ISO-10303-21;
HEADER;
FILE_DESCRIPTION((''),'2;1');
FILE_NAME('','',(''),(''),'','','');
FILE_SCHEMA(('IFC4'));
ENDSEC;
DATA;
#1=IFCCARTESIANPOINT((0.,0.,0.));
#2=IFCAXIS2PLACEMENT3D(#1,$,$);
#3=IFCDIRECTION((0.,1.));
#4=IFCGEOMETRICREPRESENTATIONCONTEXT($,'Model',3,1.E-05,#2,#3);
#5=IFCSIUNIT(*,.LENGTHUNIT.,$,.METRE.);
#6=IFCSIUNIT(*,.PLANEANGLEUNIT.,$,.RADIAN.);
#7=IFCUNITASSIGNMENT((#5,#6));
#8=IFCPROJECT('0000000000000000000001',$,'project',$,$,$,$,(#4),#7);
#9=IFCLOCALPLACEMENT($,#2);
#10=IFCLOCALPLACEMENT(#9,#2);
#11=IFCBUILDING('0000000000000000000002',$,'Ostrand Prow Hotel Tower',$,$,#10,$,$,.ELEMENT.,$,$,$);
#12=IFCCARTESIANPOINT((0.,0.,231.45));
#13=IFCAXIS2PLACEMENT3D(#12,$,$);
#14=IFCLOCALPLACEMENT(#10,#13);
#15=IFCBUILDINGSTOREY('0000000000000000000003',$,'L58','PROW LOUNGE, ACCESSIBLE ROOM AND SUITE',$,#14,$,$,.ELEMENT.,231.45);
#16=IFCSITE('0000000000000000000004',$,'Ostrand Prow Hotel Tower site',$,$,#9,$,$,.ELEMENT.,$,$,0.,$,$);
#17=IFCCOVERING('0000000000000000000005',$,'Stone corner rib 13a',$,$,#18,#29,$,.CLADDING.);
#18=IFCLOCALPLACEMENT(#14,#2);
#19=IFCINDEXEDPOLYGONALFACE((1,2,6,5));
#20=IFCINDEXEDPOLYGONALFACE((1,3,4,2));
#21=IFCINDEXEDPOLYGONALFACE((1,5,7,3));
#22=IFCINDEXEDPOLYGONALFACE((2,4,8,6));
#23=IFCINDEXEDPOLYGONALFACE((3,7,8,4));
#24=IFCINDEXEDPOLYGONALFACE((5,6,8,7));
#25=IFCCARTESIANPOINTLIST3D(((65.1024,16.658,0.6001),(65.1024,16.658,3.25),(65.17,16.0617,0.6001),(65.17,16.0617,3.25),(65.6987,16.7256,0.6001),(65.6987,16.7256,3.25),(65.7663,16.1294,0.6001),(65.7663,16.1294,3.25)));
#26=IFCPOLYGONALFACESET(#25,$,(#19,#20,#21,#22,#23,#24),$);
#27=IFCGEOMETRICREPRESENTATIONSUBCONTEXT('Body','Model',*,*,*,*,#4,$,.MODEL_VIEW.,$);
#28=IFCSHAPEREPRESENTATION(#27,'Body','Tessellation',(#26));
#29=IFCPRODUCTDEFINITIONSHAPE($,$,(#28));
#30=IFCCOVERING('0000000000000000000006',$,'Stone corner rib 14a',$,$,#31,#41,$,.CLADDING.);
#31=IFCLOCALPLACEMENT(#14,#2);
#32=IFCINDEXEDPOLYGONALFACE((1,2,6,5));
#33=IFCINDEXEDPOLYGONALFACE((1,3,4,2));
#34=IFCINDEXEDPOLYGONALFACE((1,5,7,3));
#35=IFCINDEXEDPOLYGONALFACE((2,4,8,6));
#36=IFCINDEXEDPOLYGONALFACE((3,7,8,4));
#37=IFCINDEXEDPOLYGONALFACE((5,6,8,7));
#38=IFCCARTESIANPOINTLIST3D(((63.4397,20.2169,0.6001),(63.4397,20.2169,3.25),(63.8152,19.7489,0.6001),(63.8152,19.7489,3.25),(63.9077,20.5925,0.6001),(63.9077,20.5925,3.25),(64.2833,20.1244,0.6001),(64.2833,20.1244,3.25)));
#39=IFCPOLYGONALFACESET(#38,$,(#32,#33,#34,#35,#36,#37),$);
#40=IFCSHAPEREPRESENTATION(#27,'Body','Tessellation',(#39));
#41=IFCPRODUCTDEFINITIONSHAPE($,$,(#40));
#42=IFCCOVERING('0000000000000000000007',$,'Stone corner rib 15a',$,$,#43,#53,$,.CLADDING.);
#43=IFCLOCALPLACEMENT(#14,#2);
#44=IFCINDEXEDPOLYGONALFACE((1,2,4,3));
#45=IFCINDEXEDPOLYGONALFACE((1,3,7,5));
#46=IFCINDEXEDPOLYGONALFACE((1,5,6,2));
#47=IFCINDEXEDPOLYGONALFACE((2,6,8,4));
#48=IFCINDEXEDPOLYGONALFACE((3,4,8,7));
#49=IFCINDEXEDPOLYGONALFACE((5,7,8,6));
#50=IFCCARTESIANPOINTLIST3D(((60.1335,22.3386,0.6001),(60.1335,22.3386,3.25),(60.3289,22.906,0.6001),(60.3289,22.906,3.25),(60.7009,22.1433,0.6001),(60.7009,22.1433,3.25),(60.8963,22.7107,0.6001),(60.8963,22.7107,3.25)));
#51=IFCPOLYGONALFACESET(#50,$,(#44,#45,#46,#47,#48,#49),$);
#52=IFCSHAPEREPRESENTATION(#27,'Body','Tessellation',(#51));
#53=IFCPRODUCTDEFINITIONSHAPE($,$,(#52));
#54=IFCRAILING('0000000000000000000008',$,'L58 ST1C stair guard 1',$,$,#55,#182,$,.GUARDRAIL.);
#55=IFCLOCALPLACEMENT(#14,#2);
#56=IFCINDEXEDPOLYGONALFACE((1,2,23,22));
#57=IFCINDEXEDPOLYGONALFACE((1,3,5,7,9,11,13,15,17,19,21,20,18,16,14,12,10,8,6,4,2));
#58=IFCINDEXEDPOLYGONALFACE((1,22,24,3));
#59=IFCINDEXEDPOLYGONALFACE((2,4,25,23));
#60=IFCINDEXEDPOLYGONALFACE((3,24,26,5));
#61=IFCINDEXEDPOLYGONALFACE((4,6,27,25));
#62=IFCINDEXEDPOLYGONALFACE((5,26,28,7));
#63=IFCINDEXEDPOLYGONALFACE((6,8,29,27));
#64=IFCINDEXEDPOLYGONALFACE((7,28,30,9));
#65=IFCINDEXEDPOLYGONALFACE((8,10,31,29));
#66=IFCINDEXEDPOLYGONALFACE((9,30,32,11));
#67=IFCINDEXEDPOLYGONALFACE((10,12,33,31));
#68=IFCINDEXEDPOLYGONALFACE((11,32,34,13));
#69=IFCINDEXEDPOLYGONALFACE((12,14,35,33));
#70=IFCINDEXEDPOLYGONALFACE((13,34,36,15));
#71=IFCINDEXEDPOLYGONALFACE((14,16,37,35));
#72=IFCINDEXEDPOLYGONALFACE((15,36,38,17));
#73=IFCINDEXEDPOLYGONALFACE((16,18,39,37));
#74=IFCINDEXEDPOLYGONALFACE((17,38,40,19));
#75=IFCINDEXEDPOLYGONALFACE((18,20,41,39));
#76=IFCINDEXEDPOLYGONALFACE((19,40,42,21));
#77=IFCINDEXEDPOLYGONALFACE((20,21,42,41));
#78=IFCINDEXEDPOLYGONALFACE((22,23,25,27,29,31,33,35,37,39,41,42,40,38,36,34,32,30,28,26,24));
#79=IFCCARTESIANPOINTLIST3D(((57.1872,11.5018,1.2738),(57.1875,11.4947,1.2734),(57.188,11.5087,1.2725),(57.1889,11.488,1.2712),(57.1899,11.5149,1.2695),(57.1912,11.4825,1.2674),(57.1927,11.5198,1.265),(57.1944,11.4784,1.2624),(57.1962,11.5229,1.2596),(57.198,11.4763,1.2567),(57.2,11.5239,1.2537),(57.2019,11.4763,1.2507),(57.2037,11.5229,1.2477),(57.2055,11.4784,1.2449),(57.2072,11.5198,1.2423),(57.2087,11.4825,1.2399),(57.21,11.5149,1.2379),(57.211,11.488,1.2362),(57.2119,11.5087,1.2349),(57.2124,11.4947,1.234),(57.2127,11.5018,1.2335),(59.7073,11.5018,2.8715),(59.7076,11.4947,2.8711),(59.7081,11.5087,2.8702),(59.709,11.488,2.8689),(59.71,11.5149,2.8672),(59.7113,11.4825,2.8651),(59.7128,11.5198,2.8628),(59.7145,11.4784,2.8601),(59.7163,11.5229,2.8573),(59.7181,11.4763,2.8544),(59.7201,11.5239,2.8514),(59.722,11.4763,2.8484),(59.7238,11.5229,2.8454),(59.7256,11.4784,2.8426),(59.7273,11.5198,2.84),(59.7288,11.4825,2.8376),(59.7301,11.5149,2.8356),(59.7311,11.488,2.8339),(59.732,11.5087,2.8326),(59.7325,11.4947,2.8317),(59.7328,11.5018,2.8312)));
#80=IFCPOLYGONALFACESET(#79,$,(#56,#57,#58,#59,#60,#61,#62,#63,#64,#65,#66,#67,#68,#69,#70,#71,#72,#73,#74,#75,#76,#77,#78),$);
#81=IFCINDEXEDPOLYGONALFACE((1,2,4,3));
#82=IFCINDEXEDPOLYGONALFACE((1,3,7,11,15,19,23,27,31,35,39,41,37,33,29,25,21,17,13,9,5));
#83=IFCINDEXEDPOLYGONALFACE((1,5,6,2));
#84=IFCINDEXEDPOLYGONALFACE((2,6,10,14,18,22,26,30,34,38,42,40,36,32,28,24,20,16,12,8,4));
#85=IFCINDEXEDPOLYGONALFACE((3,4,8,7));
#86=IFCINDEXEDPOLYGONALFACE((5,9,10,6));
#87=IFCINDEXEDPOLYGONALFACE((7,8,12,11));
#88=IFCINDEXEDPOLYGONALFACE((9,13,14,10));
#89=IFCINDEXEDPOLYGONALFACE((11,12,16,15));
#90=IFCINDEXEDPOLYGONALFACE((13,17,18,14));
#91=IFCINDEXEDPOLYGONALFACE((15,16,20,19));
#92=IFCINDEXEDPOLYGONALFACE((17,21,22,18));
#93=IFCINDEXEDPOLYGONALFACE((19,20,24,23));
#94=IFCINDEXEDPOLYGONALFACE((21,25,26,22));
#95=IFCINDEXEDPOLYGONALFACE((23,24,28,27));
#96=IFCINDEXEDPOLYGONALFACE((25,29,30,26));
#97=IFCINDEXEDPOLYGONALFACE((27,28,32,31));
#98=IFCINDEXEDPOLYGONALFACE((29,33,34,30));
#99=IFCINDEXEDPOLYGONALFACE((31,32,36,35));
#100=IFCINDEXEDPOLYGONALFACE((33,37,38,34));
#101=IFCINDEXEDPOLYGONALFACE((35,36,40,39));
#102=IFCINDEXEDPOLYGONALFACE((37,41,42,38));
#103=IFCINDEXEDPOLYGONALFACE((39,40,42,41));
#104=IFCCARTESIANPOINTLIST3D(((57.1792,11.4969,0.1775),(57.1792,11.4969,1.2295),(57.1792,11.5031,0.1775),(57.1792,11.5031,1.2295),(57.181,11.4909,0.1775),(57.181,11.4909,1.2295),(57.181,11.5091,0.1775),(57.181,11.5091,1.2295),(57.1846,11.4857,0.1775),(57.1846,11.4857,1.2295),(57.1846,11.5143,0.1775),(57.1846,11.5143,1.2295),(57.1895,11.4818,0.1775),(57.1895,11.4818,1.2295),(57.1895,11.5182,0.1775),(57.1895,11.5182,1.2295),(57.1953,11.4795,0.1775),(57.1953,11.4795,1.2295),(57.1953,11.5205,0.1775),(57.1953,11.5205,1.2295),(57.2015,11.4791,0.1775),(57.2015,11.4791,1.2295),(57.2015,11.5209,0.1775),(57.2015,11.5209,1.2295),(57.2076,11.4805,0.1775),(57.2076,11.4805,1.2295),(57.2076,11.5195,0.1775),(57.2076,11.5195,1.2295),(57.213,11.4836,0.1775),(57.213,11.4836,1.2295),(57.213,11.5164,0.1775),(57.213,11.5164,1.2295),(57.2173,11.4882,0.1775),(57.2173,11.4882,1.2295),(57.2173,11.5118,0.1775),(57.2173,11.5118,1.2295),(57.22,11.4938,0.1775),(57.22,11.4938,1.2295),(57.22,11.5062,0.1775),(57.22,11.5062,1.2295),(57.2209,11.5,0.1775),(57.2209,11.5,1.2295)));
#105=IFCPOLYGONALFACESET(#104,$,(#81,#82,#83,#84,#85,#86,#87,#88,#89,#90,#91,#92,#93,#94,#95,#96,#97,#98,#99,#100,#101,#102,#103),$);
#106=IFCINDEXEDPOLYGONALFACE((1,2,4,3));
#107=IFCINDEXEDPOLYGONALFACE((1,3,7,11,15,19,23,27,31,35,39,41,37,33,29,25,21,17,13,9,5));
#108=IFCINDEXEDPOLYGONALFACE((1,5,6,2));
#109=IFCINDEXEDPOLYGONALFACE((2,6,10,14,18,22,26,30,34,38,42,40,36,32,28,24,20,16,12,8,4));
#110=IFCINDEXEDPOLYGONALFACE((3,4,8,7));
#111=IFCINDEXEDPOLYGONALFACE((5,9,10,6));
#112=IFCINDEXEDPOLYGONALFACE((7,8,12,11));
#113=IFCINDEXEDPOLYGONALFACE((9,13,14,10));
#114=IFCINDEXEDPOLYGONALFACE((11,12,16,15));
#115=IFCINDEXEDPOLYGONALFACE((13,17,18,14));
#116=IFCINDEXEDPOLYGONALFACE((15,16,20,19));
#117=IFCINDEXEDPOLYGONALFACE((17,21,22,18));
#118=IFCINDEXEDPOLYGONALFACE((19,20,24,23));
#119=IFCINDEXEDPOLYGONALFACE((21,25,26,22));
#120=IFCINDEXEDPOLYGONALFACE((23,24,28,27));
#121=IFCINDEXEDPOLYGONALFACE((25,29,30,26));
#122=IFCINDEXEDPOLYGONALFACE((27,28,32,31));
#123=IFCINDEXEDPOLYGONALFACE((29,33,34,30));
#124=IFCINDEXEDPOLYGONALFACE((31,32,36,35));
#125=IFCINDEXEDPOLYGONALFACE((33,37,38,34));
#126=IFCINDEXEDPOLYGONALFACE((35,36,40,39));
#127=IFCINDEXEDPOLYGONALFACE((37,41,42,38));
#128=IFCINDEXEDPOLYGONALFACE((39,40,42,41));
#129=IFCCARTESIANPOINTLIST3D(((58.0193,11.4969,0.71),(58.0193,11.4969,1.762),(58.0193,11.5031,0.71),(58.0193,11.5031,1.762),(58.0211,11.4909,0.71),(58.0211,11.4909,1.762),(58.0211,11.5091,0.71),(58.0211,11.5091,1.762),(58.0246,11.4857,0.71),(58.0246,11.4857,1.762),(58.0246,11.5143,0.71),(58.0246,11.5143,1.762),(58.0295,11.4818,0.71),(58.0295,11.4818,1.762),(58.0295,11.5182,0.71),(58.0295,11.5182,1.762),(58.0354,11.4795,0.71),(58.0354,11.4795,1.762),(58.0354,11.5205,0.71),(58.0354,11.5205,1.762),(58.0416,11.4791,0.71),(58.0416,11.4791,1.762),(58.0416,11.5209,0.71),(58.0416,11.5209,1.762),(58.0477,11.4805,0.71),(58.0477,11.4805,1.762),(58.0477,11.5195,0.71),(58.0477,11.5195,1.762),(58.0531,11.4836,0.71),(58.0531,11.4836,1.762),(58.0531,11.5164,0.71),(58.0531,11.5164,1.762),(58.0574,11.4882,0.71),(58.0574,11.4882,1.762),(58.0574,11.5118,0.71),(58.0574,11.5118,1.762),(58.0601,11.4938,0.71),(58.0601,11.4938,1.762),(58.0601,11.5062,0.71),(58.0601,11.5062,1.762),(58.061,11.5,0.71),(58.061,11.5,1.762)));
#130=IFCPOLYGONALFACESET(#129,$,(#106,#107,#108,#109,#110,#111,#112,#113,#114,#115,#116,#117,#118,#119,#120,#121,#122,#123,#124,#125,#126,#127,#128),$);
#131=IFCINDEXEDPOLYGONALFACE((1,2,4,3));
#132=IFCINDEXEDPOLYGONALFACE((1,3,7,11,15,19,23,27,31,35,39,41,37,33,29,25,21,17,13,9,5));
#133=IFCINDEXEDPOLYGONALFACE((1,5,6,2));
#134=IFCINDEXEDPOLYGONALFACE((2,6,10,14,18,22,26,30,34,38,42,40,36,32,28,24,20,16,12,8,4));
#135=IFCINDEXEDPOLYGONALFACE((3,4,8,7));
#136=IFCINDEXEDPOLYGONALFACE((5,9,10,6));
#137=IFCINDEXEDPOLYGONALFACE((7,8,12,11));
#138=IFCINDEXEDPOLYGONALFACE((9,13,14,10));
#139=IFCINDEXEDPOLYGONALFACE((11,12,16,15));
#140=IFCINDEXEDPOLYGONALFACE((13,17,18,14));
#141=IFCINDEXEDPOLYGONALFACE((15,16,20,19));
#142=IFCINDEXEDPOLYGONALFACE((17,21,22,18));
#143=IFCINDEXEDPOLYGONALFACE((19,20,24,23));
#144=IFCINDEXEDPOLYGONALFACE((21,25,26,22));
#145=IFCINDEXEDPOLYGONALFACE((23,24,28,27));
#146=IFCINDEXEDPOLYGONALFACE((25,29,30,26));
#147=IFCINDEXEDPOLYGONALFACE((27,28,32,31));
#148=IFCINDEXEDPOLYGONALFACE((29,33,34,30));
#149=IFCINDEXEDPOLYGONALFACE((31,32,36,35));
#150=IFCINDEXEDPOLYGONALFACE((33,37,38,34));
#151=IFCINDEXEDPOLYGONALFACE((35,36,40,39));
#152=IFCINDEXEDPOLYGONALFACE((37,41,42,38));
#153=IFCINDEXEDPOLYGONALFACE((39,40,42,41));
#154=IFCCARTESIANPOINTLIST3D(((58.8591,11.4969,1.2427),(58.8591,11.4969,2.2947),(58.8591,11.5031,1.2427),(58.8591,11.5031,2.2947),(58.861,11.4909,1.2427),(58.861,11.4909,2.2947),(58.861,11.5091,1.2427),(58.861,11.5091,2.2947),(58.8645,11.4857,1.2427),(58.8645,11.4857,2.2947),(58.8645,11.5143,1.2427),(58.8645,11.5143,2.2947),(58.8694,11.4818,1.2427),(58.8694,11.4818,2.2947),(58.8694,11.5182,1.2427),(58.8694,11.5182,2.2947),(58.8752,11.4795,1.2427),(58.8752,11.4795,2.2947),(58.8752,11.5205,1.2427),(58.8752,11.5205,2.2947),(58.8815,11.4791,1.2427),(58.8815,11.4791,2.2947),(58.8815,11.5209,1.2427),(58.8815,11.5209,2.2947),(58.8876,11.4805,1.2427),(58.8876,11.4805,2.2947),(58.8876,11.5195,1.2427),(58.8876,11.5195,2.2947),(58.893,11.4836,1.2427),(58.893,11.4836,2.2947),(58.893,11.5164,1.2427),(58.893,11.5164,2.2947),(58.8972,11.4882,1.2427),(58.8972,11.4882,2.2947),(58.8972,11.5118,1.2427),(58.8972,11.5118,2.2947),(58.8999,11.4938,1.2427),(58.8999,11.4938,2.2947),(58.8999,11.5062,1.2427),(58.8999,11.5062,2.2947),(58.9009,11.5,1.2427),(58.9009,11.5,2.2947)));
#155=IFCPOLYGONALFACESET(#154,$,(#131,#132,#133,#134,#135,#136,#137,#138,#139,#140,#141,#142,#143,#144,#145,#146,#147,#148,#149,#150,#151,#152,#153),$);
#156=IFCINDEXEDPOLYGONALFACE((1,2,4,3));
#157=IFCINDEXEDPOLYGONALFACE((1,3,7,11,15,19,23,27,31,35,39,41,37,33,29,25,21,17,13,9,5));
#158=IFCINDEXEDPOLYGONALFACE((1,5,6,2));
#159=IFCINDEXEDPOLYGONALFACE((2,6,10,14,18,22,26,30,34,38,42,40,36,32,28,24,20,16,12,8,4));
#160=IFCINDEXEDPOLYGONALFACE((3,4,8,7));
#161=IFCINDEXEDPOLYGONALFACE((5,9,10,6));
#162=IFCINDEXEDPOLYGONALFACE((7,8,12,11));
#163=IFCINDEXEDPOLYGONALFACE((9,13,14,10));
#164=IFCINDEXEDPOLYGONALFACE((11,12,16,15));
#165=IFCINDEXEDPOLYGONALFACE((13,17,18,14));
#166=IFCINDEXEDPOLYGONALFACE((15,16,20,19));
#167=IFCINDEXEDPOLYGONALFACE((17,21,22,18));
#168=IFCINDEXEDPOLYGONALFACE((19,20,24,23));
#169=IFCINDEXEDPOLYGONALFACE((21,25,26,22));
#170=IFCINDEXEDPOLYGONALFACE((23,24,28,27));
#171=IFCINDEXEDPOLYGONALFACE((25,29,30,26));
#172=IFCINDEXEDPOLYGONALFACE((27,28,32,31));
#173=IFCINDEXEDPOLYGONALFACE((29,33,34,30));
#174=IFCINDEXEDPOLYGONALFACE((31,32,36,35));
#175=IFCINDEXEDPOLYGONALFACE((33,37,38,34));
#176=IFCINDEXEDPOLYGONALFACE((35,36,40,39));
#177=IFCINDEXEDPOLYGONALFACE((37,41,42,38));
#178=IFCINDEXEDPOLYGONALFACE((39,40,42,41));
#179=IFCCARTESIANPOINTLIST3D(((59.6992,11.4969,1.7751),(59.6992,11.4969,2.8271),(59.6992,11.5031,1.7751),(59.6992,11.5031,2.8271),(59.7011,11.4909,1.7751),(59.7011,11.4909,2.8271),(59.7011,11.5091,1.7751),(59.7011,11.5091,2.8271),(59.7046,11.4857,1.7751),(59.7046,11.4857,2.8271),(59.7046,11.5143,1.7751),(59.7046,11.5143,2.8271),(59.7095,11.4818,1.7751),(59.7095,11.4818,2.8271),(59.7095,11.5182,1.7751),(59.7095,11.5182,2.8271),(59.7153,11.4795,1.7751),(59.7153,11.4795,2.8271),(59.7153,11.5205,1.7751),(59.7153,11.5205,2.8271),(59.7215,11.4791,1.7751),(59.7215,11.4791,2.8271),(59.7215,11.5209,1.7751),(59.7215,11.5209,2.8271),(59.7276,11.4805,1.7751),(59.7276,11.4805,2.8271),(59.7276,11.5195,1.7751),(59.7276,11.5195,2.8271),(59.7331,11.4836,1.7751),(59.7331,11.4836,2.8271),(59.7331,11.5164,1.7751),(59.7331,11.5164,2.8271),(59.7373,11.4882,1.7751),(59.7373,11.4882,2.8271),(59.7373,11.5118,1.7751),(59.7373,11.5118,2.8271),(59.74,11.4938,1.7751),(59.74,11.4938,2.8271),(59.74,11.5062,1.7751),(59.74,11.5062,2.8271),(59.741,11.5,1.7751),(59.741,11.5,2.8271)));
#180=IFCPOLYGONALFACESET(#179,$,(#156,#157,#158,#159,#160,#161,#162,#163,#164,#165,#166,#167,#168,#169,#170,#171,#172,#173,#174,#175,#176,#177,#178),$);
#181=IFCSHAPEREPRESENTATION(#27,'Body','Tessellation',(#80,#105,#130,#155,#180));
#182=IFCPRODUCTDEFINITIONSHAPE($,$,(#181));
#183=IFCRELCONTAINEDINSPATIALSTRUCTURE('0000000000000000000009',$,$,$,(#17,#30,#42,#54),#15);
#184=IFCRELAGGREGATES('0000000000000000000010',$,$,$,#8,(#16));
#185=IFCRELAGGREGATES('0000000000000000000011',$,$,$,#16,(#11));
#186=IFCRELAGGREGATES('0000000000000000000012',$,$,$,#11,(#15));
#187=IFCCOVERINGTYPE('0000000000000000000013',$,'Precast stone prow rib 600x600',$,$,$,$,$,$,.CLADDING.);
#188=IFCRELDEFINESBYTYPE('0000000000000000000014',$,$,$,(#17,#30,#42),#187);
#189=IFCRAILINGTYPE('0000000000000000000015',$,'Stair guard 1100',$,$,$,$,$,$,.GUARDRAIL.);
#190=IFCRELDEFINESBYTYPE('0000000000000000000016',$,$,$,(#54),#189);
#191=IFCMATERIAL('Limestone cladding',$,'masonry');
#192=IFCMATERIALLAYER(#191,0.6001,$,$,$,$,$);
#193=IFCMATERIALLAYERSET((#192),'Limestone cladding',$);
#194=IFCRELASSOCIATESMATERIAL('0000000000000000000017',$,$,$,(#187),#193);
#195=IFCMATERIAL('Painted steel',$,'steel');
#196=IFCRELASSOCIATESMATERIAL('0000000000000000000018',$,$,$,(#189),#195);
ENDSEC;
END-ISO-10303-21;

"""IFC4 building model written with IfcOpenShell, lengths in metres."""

from ifc_helpers import new_model, si_unit, direction, frame, frame_2d, origin, origin_2d, place, context, subcontext, project, spatial, rectangle, circle, extrude, material, layer, layer_set, type_object, element, save


model = new_model("IFC4")

# Units and contexts
model_context = context("Model", 3, precision=1e-05, world=origin(), true_north=direction((0.0, 1.0)))
body_context = subcontext(model_context, "Body", "Model", "MODEL_VIEW")
ifc_project = project(units=[si_unit("LENGTHUNIT", "METRE"), si_unit("PLANEANGLEUNIT", "RADIAN")], contexts=[model_context])

# Site, building, storey
site_placement = place(None, origin())
site = spatial("IfcSite", under=ifc_project, at=site_placement, Name="Ostrand Prow Hotel Tower site", CompositionType="ELEMENT", RefElevation=0.0)
building_placement = place(site_placement, origin())
building = spatial("IfcBuilding", under=site, at=building_placement, Name="Ostrand Prow Hotel Tower", CompositionType="ELEMENT")
storey_placement = place(building_placement, frame((0.0, 0.0, 231.45)))
storey = spatial("IfcBuildingStorey", under=building, at=storey_placement, Name="L58", Description="PROW LOUNGE, ACCESSIBLE ROOM AND SUITE", CompositionType="ELEMENT", Elevation=231.45)

# Coverings
ifc_material_1 = material(Name="Limestone cladding", Category="masonry")
ifc_layer_1 = layer(ifc_material_1, 0.6001)
ifc_layer_set_1 = layer_set([ifc_layer_1], Name="Limestone cladding")
covering_type = type_object("IfcCoveringType", Name="Precast stone prow rib 600x600", PredefinedType="CLADDING", material=ifc_layer_set_1)
for number, where, z_axis, x_axis, name in (
    (1, (65.1362, 16.3599, 0.6001), (0.0, 0.0, 1.0), (0.993628, 0.112709, 0.0), "Stone corner rib 13a"),
    (2, (63.6274, 19.9829, 0.6001), (0.0, 0.0, 1.0), (0.779995, 0.625786, 0.0), "Stone corner rib 14a"),
    (3, (60.4172, 22.241, 0.6001), (0.0, 0.0, 1.0), (0.325489, 0.945546, 0.0), "Stone corner rib 15a"),
):
    element("IfcCovering", number, at=place(storey_placement, frame(where, z_axis=z_axis, x_axis=x_axis)), inside=storey, type_object=covering_type, Name=name, PredefinedType="CLADDING", context=body_context, shape_type="SweptSolid", body=[
        extrude(rectangle(XDim=0.6001, YDim=0.6001, at=frame_2d((0.3, 0.0))), origin(), (0.0, 0.0, 1.0), 2.6499),
    ])

# Railing
ifc_material_2 = material(Name="Painted steel", Category="steel")
railing_type_1 = type_object("IfcRailingType", Name="Stair guard 1100", PredefinedType="GUARDRAIL", material=ifc_material_2)
railing_1_placement = place(storey_placement, frame((57.2, 11.5, 0.1775)))
element("IfcRailing", 4, at=railing_1_placement, inside=storey, type_object=railing_type_1, Name="L58 ST1C stair guard 1", PredefinedType="GUARDRAIL", context=body_context, shape_type="SweptSolid", body=[
    extrude(circle(Radius=0.0239, at=origin_2d()), frame((0.0, 0.0, 1.0762), z_axis=(0.84457, 0.0, 0.535445), x_axis=(0.0, 1.0, 0.0)), (0.0, 0.0, 1.0), 2.9839),
    extrude(circle(Radius=0.021, at=origin_2d()), origin(), (0.0, 0.0, 1.0), 1.052),
    extrude(circle(Radius=0.021, at=origin_2d()), frame((0.8401, 0.0, 0.5325)), (0.0, 0.0, 1.0), 1.052),
    extrude(circle(Radius=0.021, at=origin_2d()), frame((1.6799, 0.0, 1.0652)), (0.0, 0.0, 1.0), 1.052),
    extrude(circle(Radius=0.021, at=origin_2d()), frame((2.52, 0.0, 1.5977)), (0.0, 0.0, 1.0), 1.052),
])

save(model, "model.ifc")
